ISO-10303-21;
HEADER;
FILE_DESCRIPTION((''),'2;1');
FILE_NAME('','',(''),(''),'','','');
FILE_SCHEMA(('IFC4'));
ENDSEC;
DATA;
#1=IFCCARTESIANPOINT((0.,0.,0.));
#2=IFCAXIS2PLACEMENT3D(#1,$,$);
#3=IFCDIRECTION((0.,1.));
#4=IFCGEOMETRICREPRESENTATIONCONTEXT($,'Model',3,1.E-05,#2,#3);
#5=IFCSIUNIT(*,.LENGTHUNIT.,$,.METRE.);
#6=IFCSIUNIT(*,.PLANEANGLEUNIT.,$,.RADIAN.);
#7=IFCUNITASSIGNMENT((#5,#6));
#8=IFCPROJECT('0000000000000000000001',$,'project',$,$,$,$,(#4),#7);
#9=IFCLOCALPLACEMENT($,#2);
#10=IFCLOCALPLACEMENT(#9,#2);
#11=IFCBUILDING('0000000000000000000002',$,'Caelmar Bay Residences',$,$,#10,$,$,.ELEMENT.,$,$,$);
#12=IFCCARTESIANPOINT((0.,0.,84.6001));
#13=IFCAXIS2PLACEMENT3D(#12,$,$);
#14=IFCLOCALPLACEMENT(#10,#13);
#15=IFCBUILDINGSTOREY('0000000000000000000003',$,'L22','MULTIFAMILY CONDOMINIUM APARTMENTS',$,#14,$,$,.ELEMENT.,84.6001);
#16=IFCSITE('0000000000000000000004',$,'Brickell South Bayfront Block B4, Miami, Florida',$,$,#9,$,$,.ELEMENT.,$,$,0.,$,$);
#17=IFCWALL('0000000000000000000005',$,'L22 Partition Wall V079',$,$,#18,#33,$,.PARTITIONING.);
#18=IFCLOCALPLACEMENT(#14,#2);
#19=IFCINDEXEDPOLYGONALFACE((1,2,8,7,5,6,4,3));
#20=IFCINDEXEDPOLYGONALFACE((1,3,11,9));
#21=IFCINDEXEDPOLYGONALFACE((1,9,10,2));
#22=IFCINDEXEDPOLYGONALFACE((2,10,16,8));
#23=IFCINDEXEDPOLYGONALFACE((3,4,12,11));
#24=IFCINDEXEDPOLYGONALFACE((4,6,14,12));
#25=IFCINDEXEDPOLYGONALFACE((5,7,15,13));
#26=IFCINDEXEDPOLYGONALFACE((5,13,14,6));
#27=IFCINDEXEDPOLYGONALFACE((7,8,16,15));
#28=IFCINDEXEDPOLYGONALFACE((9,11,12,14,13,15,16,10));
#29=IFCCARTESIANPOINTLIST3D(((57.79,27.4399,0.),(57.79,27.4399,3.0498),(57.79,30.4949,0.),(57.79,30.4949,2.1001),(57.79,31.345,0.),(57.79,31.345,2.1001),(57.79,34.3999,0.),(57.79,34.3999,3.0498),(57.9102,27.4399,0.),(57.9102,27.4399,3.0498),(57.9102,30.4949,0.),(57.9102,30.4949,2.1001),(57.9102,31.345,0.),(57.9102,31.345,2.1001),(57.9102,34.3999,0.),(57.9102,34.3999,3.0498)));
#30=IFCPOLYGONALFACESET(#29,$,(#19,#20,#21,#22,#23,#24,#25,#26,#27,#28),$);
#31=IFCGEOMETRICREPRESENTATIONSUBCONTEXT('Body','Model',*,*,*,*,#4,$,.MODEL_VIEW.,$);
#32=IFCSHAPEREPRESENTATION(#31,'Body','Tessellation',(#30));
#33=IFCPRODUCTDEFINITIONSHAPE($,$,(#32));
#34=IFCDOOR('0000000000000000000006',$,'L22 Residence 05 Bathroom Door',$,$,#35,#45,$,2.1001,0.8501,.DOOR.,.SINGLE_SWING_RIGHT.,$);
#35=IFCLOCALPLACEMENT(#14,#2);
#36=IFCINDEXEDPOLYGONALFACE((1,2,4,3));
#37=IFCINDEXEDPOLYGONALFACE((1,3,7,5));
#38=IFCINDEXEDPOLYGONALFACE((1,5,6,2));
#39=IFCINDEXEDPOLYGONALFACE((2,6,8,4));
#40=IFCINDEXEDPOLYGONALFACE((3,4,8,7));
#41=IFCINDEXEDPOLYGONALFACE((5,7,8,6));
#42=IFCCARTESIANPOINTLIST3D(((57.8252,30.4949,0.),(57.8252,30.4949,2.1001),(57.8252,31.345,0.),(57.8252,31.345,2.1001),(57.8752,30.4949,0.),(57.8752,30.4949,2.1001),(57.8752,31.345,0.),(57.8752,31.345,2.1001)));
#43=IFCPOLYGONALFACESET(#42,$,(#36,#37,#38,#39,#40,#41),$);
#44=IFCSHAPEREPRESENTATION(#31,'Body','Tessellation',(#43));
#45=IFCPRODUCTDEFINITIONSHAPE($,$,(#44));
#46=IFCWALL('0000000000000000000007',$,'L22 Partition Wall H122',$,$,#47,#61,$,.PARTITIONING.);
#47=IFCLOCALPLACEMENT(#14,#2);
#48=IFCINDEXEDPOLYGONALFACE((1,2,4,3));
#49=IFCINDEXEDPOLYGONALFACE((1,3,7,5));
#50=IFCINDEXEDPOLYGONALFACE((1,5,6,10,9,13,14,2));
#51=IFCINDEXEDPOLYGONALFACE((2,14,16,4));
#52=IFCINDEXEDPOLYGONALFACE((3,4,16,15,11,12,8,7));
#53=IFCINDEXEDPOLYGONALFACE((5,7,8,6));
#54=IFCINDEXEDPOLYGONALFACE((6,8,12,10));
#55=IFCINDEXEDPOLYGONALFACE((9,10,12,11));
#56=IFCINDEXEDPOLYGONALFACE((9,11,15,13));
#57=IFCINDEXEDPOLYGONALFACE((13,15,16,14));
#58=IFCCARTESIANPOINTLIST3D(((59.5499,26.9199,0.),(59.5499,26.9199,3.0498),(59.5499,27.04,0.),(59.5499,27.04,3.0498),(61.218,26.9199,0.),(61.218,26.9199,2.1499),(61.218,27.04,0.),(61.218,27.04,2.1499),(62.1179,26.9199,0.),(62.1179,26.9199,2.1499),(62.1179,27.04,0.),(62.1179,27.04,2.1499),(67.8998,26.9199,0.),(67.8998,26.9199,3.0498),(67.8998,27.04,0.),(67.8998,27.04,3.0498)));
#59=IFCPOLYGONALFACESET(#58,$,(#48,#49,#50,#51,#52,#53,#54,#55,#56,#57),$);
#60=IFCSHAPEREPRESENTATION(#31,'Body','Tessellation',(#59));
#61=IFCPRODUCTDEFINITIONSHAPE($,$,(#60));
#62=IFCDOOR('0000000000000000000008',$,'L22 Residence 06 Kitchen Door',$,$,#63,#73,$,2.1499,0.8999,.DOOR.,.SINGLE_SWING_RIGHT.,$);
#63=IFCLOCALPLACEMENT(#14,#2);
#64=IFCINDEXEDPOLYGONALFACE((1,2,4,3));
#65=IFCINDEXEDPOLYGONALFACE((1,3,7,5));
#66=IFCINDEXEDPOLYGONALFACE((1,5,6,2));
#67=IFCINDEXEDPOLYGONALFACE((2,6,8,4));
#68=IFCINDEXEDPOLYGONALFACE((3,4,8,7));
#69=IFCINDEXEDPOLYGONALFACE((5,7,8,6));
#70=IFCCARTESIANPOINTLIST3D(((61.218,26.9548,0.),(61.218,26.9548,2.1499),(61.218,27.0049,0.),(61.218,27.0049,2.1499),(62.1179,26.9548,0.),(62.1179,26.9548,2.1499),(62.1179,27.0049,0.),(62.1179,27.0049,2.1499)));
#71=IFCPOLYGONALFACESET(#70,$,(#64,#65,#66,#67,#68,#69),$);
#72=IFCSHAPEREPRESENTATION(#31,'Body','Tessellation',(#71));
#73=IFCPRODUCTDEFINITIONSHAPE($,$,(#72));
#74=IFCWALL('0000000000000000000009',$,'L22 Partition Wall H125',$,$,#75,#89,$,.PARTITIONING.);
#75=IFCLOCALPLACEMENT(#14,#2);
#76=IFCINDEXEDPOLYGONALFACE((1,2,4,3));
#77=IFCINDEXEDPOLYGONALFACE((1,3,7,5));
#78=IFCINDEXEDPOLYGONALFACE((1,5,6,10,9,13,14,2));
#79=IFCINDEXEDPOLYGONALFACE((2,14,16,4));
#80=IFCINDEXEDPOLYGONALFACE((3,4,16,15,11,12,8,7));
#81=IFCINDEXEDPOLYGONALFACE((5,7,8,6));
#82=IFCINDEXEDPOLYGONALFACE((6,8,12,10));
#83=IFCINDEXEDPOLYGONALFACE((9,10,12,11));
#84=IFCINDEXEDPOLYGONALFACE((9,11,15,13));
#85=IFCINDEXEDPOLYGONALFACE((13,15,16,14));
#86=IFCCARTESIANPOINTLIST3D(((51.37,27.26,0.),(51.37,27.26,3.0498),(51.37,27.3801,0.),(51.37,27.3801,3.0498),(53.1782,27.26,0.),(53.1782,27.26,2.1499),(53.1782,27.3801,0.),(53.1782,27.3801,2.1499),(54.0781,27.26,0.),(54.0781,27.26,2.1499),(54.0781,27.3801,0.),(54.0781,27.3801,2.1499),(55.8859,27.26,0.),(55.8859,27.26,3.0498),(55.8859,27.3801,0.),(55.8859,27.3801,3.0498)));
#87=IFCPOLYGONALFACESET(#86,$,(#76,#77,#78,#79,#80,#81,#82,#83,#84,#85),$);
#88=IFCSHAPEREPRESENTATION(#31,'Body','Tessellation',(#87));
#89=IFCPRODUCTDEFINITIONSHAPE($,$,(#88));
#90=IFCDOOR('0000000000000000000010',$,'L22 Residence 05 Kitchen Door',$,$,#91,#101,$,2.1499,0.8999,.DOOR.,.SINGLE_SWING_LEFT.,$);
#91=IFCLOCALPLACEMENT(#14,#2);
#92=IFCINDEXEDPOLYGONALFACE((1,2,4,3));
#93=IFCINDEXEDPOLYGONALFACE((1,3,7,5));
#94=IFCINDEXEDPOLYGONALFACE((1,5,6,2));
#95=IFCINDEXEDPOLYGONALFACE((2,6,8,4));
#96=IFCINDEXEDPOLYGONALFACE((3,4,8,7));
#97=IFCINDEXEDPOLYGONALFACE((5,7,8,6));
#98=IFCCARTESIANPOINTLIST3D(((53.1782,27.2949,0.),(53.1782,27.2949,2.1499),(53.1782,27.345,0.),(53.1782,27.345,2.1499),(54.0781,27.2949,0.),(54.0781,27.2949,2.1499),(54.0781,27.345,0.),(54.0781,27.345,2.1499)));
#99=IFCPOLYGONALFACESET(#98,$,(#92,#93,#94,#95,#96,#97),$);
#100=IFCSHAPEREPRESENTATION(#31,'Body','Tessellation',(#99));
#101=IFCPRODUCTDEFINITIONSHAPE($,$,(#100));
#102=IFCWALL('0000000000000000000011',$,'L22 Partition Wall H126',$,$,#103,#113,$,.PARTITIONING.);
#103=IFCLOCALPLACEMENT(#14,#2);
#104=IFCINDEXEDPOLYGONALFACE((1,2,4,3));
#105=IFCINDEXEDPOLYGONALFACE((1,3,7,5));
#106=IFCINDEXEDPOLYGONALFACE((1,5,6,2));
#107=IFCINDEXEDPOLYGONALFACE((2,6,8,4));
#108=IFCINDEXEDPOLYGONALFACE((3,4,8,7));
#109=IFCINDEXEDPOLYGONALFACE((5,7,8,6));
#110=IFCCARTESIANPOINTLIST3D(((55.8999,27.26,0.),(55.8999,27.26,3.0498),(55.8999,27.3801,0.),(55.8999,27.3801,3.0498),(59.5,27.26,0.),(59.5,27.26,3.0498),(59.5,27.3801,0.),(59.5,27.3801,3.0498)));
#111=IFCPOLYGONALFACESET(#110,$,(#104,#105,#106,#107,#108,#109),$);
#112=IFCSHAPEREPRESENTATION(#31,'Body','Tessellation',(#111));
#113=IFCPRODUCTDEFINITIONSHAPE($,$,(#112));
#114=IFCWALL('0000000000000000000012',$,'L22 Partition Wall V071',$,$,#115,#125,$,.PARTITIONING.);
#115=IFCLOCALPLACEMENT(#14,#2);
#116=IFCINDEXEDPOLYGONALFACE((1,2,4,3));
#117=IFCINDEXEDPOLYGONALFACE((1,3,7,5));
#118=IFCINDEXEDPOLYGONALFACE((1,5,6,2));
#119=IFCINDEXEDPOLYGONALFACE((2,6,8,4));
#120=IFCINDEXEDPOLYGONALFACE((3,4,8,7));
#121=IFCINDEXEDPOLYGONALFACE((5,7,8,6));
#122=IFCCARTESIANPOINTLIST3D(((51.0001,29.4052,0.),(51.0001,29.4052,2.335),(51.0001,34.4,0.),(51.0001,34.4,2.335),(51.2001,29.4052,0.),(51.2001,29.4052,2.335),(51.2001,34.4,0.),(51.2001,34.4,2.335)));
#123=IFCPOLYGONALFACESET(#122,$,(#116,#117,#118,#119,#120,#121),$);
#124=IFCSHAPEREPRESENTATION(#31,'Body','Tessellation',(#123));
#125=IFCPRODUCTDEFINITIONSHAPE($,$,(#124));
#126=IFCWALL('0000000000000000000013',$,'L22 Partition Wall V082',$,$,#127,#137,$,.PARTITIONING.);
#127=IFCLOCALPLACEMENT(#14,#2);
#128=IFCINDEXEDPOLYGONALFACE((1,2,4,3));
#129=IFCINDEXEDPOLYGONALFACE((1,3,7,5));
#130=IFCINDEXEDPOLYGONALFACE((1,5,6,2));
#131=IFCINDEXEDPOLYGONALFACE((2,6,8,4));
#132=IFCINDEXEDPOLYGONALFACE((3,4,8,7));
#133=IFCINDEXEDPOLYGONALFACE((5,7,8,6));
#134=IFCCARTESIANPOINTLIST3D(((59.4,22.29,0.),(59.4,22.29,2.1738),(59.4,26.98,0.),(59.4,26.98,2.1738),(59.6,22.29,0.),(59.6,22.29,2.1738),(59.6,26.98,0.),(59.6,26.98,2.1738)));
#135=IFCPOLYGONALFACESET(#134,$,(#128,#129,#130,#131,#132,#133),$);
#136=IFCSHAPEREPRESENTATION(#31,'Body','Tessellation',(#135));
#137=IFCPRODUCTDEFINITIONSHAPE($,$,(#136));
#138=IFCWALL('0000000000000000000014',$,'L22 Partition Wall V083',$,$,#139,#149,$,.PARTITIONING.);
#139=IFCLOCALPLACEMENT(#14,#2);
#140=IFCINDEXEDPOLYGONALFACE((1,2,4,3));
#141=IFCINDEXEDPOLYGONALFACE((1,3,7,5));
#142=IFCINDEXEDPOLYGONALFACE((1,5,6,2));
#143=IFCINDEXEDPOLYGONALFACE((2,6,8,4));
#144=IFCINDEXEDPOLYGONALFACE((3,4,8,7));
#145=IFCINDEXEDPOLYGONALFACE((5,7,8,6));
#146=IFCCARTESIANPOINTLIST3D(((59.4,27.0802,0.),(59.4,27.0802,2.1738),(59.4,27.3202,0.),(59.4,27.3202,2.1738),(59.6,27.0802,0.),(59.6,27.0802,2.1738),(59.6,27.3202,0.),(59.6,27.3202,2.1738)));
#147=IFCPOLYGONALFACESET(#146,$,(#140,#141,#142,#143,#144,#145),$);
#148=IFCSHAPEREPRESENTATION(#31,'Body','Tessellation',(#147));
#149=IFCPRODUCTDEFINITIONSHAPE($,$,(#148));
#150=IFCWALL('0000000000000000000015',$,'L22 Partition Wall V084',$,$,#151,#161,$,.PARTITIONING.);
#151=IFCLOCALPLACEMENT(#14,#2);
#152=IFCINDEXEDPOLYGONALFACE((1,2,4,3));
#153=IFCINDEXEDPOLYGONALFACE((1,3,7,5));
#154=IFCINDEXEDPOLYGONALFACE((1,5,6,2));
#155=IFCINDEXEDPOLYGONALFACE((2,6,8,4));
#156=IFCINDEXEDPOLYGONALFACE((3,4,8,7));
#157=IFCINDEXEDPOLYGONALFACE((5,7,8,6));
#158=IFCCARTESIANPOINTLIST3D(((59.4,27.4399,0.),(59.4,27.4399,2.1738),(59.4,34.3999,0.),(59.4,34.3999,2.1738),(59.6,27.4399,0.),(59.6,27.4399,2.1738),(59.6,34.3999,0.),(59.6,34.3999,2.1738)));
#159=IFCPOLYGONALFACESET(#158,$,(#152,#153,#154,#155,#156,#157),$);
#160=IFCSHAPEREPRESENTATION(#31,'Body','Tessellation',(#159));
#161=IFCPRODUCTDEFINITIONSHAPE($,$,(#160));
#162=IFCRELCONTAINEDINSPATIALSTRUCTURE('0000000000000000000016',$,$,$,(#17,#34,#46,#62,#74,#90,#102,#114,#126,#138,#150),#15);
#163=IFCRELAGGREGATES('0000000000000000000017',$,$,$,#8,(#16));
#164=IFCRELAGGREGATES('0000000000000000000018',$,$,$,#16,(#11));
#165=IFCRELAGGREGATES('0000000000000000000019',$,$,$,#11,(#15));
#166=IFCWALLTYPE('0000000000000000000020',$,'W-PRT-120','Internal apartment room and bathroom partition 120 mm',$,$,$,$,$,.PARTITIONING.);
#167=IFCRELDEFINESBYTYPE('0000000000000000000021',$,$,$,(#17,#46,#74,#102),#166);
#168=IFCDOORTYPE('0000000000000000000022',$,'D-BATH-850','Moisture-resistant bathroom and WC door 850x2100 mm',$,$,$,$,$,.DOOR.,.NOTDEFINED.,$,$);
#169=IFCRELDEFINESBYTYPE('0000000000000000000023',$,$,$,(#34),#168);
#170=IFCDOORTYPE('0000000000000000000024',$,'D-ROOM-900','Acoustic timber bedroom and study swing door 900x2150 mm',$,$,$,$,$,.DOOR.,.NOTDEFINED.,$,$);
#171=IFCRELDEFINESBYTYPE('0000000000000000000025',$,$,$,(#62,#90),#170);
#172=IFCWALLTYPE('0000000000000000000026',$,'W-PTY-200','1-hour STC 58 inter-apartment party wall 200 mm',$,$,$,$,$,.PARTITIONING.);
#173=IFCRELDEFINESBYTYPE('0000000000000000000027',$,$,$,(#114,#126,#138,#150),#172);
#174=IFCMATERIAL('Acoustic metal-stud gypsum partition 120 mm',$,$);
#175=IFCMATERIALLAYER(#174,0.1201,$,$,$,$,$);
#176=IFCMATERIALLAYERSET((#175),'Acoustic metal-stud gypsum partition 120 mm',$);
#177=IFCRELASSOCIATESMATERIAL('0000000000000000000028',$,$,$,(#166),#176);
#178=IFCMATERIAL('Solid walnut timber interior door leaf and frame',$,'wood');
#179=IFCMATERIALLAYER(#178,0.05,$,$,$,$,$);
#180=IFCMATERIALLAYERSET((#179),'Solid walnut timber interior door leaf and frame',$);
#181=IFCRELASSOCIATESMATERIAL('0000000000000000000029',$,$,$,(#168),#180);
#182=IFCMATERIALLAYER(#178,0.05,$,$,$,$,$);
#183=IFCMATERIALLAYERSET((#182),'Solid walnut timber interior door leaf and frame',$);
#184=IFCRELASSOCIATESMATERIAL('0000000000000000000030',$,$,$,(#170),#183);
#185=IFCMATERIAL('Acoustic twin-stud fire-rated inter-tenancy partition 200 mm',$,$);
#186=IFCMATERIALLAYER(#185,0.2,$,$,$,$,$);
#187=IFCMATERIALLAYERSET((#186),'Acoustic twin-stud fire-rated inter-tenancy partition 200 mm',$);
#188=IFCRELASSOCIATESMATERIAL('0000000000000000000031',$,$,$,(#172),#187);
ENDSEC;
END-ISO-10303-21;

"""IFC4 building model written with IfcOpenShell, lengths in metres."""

from ifc_helpers import new_model, si_unit, direction, frame, frame_2d, origin, place, context, subcontext, project, spatial, rectangle, extrude, material, layer, layer_set, type_object, element, fill, save


model = new_model("IFC4")

# Units and contexts
model_context = context("Model", 3, precision=1e-05, world=origin(), true_north=direction((0.0, 1.0)))
body_context = subcontext(model_context, "Body", "Model", "MODEL_VIEW")
ifc_project = project(units=[si_unit("LENGTHUNIT", "METRE"), si_unit("PLANEANGLEUNIT", "RADIAN")], contexts=[model_context])

# Site, building, storey
site_placement = place(None, origin())
site = spatial("IfcSite", under=ifc_project, at=site_placement, Name="Brickell South Bayfront Block B4, Miami, Florida", CompositionType="ELEMENT", RefElevation=0.0)
building_placement = place(site_placement, origin())
building = spatial("IfcBuilding", under=site, at=building_placement, Name="Caelmar Bay Residences", CompositionType="ELEMENT")
storey_placement = place(building_placement, frame((0.0, 0.0, 84.6001)))
storey = spatial("IfcBuildingStorey", under=building, at=storey_placement, Name="L22", Description="MULTIFAMILY CONDOMINIUM APARTMENTS", CompositionType="ELEMENT", Elevation=84.6001)

# Shared definitions
ifc_material_1 = material(Name="Acoustic metal-stud gypsum partition 120 mm")
ifc_layer_1 = layer(ifc_material_1, 0.1201)
ifc_layer_set_1 = layer_set([ifc_layer_1], Name="Acoustic metal-stud gypsum partition 120 mm")
wall_type_1 = type_object("IfcWallType", Name="W-PRT-120", Description="Internal apartment room and bathroom partition 120 mm", PredefinedType="PARTITIONING", material=ifc_layer_set_1)

# Shared definitions
ifc_material_2 = material(Name="Solid walnut timber interior door leaf and frame", Category="wood")
ifc_layer_2 = layer(ifc_material_2, 0.05)
ifc_layer_set_2 = layer_set([ifc_layer_2], Name="Solid walnut timber interior door leaf and frame")
door_type_1 = type_object("IfcDoorType", Name="D-BATH-850", Description="Moisture-resistant bathroom and WC door 850x2100 mm", OperationType="NOTDEFINED", PredefinedType="DOOR", material=ifc_layer_set_2)
ifc_layer_3 = layer(ifc_material_2, 0.05)
ifc_layer_set_3 = layer_set([ifc_layer_3], Name="Solid walnut timber interior door leaf and frame")
door_type_2 = type_object("IfcDoorType", Name="D-ROOM-900", Description="Acoustic timber bedroom and study swing door 900x2150 mm", OperationType="NOTDEFINED", PredefinedType="DOOR", material=ifc_layer_set_3)

# Walls, openings, doors
wall_1_placement = place(storey_placement, frame((57.8501, 27.4399, 0.0), z_axis=(0.0, 0.0, 1.0), x_axis=(0.0, 1.0, 0.0)))
wall_1 = element("IfcWall", 1, at=wall_1_placement, inside=storey, type_object=wall_type_1, Name="L22 Partition Wall V079", PredefinedType="PARTITIONING", context=body_context, shape_type="SweptSolid", body=[
    extrude(rectangle(XDim=6.96, YDim=0.1201, at=frame_2d((3.48, 0.0))), origin(), (0.0, 0.0, 1.0), 3.0498),
])
opening_1_placement = place(wall_1_placement, frame((3.0549, 0.0, 0.0)))
opening_1 = element("IfcOpeningElement", 2, at=opening_1_placement, cuts=wall_1, PredefinedType="OPENING", context=body_context, shape_type="SweptSolid", body=[
    extrude(rectangle(XDim=0.8501, YDim=2.1001, at=frame_2d((0.425, 1.05))), frame((0.0, 0.0701, 0.0), z_axis=(0.0, -1.0, 0.0), x_axis=(1.0, 0.0, 0.0)), (0.0, 0.0, 1.0), 0.1401),
])
door_1_placement = place(opening_1_placement, origin())
door_1 = element("IfcDoor", 3, at=door_1_placement, inside=storey, type_object=door_type_1, Name="L22 Residence 05 Bathroom Door", OperationType="SINGLE_SWING_RIGHT", OverallHeight=2.1001, OverallWidth=0.8501, PredefinedType="DOOR", context=body_context, shape_type="SweptSolid", body=[
    extrude(rectangle(XDim=0.8501, YDim=2.1001, at=frame_2d((0.425, 1.05))), frame((0.0, 0.0249, 0.0), z_axis=(0.0, -1.0, 0.0), x_axis=(1.0, 0.0, 0.0)), (0.0, 0.0, 1.0), 0.05),
])
fill(opening_1, door_1)
wall_2_placement = place(storey_placement, frame((59.55, 26.98, 0.0), z_axis=(0.0, 0.0, 1.0), x_axis=(1.0, 0.0, 0.0)))
wall_2 = element("IfcWall", 4, at=wall_2_placement, inside=storey, type_object=wall_type_1, Name="L22 Partition Wall H122", PredefinedType="PARTITIONING", context=body_context, shape_type="SweptSolid", body=[
    extrude(rectangle(XDim=8.3499, YDim=0.1201, at=frame_2d((4.1748, 0.0))), origin(), (0.0, 0.0, 1.0), 3.0498),
])
opening_2_placement = place(wall_2_placement, frame((1.668, 0.0, 0.0)))
opening_2 = element("IfcOpeningElement", 5, at=opening_2_placement, cuts=wall_2, PredefinedType="OPENING", context=body_context, shape_type="SweptSolid", body=[
    extrude(rectangle(XDim=0.8999, YDim=2.1499, at=frame_2d((0.45, 1.075))), frame((0.0, 0.0701, 0.0), z_axis=(0.0, -1.0, 0.0), x_axis=(1.0, 0.0, 0.0)), (0.0, 0.0, 1.0), 0.1401),
])
door_2_placement = place(opening_2_placement, origin())
door_2 = element("IfcDoor", 6, at=door_2_placement, inside=storey, type_object=door_type_2, Name="L22 Residence 06 Kitchen Door", OperationType="SINGLE_SWING_RIGHT", OverallHeight=2.1499, OverallWidth=0.8999, PredefinedType="DOOR", context=body_context, shape_type="SweptSolid", body=[
    extrude(rectangle(XDim=0.8999, YDim=2.1499, at=frame_2d((0.45, 1.075))), frame((0.0, 0.0249, 0.0), z_axis=(0.0, -1.0, 0.0), x_axis=(1.0, 0.0, 0.0)), (0.0, 0.0, 1.0), 0.05),
])
fill(opening_2, door_2)
wall_3_placement = place(storey_placement, frame((51.3701, 27.3201, 0.0), z_axis=(0.0, 0.0, 1.0), x_axis=(1.0, 0.0, 0.0)))
wall_3 = element("IfcWall", 7, at=wall_3_placement, inside=storey, type_object=wall_type_1, Name="L22 Partition Wall H125", PredefinedType="PARTITIONING", context=body_context, shape_type="SweptSolid", body=[
    extrude(rectangle(XDim=4.5159, YDim=0.1201, at=frame_2d((2.2578, 0.0))), origin(), (0.0, 0.0, 1.0), 3.0498),
])
opening_3_placement = place(wall_3_placement, frame((1.8081, 0.0, 0.0)))
opening_3 = element("IfcOpeningElement", 8, at=opening_3_placement, cuts=wall_3, PredefinedType="OPENING", context=body_context, shape_type="SweptSolid", body=[
    extrude(rectangle(XDim=0.8999, YDim=2.1499, at=frame_2d((0.45, 1.075))), frame((0.0, 0.0701, 0.0), z_axis=(0.0, -1.0, 0.0), x_axis=(1.0, 0.0, 0.0)), (0.0, 0.0, 1.0), 0.1401),
])
door_3_placement = place(opening_3_placement, origin())
door_3 = element("IfcDoor", 9, at=door_3_placement, inside=storey, type_object=door_type_2, Name="L22 Residence 05 Kitchen Door", OperationType="SINGLE_SWING_LEFT", OverallHeight=2.1499, OverallWidth=0.8999, PredefinedType="DOOR", context=body_context, shape_type="SweptSolid", body=[
    extrude(rectangle(XDim=0.8999, YDim=2.1499, at=frame_2d((0.45, 1.075))), frame((0.0, 0.0249, 0.0), z_axis=(0.0, -1.0, 0.0), x_axis=(1.0, 0.0, 0.0)), (0.0, 0.0, 1.0), 0.05),
])
fill(opening_3, door_3)

# Walls
wall_4_placement = place(storey_placement, frame((55.8999, 27.3201, 0.0), z_axis=(0.0, 0.0, 1.0), x_axis=(1.0, 0.0, 0.0)))
element("IfcWall", 10, at=wall_4_placement, inside=storey, type_object=wall_type_1, Name="L22 Partition Wall H126", PredefinedType="PARTITIONING", context=body_context, shape_type="SweptSolid", body=[
    extrude(rectangle(XDim=3.6001, YDim=0.1201, at=frame_2d((1.8, 0.0))), origin(), (0.0, 0.0, 1.0), 3.0498),
])
ifc_material_3 = material(Name="Acoustic twin-stud fire-rated inter-tenancy partition 200 mm")
ifc_layer_4 = layer(ifc_material_3, 0.2)
ifc_layer_set_4 = layer_set([ifc_layer_4], Name="Acoustic twin-stud fire-rated inter-tenancy partition 200 mm")
wall_type_2 = type_object("IfcWallType", Name="W-PTY-200", Description="1-hour STC 58 inter-apartment party wall 200 mm", PredefinedType="PARTITIONING", material=ifc_layer_set_4)
wall_5_placement = place(storey_placement, frame((51.1001, 29.405, 0.0), z_axis=(0.0, 0.0, 1.0), x_axis=(0.0, 1.0, 0.0)))
element("IfcWall", 11, at=wall_5_placement, inside=storey, type_object=wall_type_2, Name="L22 Partition Wall V071", PredefinedType="PARTITIONING", context=body_context, shape_type="SweptSolid", body=[
    extrude(rectangle(XDim=4.9949, YDim=0.2, at=frame_2d((2.4976, 0.0))), origin(), (0.0, 0.0, 1.0), 2.335),
])
wall_6_placement = place(storey_placement, frame((59.5, 22.29, 0.0), z_axis=(0.0, 0.0, 1.0), x_axis=(0.0, 1.0, 0.0)))
element("IfcWall", 12, at=wall_6_placement, inside=storey, type_object=wall_type_2, Name="L22 Partition Wall V082", PredefinedType="PARTITIONING", context=body_context, shape_type="SweptSolid", body=[
    extrude(rectangle(XDim=4.6899, YDim=0.2, at=frame_2d((2.345, 0.0))), origin(), (0.0, 0.0, 1.0), 2.1738),
])
wall_7_placement = place(storey_placement, frame((59.5, 27.0801, 0.0), z_axis=(0.0, 0.0, 1.0), x_axis=(0.0, 1.0, 0.0)))
element("IfcWall", 13, at=wall_7_placement, inside=storey, type_object=wall_type_2, Name="L22 Partition Wall V083", PredefinedType="PARTITIONING", context=body_context, shape_type="SweptSolid", body=[
    extrude(rectangle(XDim=0.24, YDim=0.2, at=frame_2d((0.1201, 0.0))), origin(), (0.0, 0.0, 1.0), 2.1738),
])
wall_8_placement = place(storey_placement, frame((59.5, 27.4399, 0.0), z_axis=(0.0, 0.0, 1.0), x_axis=(0.0, 1.0, 0.0)))
element("IfcWall", 14, at=wall_8_placement, inside=storey, type_object=wall_type_2, Name="L22 Partition Wall V084", PredefinedType="PARTITIONING", context=body_context, shape_type="SweptSolid", body=[
    extrude(rectangle(XDim=6.96, YDim=0.2, at=frame_2d((3.48, 0.0))), origin(), (0.0, 0.0, 1.0), 2.1738),
])

save(model, "model.ifc")
